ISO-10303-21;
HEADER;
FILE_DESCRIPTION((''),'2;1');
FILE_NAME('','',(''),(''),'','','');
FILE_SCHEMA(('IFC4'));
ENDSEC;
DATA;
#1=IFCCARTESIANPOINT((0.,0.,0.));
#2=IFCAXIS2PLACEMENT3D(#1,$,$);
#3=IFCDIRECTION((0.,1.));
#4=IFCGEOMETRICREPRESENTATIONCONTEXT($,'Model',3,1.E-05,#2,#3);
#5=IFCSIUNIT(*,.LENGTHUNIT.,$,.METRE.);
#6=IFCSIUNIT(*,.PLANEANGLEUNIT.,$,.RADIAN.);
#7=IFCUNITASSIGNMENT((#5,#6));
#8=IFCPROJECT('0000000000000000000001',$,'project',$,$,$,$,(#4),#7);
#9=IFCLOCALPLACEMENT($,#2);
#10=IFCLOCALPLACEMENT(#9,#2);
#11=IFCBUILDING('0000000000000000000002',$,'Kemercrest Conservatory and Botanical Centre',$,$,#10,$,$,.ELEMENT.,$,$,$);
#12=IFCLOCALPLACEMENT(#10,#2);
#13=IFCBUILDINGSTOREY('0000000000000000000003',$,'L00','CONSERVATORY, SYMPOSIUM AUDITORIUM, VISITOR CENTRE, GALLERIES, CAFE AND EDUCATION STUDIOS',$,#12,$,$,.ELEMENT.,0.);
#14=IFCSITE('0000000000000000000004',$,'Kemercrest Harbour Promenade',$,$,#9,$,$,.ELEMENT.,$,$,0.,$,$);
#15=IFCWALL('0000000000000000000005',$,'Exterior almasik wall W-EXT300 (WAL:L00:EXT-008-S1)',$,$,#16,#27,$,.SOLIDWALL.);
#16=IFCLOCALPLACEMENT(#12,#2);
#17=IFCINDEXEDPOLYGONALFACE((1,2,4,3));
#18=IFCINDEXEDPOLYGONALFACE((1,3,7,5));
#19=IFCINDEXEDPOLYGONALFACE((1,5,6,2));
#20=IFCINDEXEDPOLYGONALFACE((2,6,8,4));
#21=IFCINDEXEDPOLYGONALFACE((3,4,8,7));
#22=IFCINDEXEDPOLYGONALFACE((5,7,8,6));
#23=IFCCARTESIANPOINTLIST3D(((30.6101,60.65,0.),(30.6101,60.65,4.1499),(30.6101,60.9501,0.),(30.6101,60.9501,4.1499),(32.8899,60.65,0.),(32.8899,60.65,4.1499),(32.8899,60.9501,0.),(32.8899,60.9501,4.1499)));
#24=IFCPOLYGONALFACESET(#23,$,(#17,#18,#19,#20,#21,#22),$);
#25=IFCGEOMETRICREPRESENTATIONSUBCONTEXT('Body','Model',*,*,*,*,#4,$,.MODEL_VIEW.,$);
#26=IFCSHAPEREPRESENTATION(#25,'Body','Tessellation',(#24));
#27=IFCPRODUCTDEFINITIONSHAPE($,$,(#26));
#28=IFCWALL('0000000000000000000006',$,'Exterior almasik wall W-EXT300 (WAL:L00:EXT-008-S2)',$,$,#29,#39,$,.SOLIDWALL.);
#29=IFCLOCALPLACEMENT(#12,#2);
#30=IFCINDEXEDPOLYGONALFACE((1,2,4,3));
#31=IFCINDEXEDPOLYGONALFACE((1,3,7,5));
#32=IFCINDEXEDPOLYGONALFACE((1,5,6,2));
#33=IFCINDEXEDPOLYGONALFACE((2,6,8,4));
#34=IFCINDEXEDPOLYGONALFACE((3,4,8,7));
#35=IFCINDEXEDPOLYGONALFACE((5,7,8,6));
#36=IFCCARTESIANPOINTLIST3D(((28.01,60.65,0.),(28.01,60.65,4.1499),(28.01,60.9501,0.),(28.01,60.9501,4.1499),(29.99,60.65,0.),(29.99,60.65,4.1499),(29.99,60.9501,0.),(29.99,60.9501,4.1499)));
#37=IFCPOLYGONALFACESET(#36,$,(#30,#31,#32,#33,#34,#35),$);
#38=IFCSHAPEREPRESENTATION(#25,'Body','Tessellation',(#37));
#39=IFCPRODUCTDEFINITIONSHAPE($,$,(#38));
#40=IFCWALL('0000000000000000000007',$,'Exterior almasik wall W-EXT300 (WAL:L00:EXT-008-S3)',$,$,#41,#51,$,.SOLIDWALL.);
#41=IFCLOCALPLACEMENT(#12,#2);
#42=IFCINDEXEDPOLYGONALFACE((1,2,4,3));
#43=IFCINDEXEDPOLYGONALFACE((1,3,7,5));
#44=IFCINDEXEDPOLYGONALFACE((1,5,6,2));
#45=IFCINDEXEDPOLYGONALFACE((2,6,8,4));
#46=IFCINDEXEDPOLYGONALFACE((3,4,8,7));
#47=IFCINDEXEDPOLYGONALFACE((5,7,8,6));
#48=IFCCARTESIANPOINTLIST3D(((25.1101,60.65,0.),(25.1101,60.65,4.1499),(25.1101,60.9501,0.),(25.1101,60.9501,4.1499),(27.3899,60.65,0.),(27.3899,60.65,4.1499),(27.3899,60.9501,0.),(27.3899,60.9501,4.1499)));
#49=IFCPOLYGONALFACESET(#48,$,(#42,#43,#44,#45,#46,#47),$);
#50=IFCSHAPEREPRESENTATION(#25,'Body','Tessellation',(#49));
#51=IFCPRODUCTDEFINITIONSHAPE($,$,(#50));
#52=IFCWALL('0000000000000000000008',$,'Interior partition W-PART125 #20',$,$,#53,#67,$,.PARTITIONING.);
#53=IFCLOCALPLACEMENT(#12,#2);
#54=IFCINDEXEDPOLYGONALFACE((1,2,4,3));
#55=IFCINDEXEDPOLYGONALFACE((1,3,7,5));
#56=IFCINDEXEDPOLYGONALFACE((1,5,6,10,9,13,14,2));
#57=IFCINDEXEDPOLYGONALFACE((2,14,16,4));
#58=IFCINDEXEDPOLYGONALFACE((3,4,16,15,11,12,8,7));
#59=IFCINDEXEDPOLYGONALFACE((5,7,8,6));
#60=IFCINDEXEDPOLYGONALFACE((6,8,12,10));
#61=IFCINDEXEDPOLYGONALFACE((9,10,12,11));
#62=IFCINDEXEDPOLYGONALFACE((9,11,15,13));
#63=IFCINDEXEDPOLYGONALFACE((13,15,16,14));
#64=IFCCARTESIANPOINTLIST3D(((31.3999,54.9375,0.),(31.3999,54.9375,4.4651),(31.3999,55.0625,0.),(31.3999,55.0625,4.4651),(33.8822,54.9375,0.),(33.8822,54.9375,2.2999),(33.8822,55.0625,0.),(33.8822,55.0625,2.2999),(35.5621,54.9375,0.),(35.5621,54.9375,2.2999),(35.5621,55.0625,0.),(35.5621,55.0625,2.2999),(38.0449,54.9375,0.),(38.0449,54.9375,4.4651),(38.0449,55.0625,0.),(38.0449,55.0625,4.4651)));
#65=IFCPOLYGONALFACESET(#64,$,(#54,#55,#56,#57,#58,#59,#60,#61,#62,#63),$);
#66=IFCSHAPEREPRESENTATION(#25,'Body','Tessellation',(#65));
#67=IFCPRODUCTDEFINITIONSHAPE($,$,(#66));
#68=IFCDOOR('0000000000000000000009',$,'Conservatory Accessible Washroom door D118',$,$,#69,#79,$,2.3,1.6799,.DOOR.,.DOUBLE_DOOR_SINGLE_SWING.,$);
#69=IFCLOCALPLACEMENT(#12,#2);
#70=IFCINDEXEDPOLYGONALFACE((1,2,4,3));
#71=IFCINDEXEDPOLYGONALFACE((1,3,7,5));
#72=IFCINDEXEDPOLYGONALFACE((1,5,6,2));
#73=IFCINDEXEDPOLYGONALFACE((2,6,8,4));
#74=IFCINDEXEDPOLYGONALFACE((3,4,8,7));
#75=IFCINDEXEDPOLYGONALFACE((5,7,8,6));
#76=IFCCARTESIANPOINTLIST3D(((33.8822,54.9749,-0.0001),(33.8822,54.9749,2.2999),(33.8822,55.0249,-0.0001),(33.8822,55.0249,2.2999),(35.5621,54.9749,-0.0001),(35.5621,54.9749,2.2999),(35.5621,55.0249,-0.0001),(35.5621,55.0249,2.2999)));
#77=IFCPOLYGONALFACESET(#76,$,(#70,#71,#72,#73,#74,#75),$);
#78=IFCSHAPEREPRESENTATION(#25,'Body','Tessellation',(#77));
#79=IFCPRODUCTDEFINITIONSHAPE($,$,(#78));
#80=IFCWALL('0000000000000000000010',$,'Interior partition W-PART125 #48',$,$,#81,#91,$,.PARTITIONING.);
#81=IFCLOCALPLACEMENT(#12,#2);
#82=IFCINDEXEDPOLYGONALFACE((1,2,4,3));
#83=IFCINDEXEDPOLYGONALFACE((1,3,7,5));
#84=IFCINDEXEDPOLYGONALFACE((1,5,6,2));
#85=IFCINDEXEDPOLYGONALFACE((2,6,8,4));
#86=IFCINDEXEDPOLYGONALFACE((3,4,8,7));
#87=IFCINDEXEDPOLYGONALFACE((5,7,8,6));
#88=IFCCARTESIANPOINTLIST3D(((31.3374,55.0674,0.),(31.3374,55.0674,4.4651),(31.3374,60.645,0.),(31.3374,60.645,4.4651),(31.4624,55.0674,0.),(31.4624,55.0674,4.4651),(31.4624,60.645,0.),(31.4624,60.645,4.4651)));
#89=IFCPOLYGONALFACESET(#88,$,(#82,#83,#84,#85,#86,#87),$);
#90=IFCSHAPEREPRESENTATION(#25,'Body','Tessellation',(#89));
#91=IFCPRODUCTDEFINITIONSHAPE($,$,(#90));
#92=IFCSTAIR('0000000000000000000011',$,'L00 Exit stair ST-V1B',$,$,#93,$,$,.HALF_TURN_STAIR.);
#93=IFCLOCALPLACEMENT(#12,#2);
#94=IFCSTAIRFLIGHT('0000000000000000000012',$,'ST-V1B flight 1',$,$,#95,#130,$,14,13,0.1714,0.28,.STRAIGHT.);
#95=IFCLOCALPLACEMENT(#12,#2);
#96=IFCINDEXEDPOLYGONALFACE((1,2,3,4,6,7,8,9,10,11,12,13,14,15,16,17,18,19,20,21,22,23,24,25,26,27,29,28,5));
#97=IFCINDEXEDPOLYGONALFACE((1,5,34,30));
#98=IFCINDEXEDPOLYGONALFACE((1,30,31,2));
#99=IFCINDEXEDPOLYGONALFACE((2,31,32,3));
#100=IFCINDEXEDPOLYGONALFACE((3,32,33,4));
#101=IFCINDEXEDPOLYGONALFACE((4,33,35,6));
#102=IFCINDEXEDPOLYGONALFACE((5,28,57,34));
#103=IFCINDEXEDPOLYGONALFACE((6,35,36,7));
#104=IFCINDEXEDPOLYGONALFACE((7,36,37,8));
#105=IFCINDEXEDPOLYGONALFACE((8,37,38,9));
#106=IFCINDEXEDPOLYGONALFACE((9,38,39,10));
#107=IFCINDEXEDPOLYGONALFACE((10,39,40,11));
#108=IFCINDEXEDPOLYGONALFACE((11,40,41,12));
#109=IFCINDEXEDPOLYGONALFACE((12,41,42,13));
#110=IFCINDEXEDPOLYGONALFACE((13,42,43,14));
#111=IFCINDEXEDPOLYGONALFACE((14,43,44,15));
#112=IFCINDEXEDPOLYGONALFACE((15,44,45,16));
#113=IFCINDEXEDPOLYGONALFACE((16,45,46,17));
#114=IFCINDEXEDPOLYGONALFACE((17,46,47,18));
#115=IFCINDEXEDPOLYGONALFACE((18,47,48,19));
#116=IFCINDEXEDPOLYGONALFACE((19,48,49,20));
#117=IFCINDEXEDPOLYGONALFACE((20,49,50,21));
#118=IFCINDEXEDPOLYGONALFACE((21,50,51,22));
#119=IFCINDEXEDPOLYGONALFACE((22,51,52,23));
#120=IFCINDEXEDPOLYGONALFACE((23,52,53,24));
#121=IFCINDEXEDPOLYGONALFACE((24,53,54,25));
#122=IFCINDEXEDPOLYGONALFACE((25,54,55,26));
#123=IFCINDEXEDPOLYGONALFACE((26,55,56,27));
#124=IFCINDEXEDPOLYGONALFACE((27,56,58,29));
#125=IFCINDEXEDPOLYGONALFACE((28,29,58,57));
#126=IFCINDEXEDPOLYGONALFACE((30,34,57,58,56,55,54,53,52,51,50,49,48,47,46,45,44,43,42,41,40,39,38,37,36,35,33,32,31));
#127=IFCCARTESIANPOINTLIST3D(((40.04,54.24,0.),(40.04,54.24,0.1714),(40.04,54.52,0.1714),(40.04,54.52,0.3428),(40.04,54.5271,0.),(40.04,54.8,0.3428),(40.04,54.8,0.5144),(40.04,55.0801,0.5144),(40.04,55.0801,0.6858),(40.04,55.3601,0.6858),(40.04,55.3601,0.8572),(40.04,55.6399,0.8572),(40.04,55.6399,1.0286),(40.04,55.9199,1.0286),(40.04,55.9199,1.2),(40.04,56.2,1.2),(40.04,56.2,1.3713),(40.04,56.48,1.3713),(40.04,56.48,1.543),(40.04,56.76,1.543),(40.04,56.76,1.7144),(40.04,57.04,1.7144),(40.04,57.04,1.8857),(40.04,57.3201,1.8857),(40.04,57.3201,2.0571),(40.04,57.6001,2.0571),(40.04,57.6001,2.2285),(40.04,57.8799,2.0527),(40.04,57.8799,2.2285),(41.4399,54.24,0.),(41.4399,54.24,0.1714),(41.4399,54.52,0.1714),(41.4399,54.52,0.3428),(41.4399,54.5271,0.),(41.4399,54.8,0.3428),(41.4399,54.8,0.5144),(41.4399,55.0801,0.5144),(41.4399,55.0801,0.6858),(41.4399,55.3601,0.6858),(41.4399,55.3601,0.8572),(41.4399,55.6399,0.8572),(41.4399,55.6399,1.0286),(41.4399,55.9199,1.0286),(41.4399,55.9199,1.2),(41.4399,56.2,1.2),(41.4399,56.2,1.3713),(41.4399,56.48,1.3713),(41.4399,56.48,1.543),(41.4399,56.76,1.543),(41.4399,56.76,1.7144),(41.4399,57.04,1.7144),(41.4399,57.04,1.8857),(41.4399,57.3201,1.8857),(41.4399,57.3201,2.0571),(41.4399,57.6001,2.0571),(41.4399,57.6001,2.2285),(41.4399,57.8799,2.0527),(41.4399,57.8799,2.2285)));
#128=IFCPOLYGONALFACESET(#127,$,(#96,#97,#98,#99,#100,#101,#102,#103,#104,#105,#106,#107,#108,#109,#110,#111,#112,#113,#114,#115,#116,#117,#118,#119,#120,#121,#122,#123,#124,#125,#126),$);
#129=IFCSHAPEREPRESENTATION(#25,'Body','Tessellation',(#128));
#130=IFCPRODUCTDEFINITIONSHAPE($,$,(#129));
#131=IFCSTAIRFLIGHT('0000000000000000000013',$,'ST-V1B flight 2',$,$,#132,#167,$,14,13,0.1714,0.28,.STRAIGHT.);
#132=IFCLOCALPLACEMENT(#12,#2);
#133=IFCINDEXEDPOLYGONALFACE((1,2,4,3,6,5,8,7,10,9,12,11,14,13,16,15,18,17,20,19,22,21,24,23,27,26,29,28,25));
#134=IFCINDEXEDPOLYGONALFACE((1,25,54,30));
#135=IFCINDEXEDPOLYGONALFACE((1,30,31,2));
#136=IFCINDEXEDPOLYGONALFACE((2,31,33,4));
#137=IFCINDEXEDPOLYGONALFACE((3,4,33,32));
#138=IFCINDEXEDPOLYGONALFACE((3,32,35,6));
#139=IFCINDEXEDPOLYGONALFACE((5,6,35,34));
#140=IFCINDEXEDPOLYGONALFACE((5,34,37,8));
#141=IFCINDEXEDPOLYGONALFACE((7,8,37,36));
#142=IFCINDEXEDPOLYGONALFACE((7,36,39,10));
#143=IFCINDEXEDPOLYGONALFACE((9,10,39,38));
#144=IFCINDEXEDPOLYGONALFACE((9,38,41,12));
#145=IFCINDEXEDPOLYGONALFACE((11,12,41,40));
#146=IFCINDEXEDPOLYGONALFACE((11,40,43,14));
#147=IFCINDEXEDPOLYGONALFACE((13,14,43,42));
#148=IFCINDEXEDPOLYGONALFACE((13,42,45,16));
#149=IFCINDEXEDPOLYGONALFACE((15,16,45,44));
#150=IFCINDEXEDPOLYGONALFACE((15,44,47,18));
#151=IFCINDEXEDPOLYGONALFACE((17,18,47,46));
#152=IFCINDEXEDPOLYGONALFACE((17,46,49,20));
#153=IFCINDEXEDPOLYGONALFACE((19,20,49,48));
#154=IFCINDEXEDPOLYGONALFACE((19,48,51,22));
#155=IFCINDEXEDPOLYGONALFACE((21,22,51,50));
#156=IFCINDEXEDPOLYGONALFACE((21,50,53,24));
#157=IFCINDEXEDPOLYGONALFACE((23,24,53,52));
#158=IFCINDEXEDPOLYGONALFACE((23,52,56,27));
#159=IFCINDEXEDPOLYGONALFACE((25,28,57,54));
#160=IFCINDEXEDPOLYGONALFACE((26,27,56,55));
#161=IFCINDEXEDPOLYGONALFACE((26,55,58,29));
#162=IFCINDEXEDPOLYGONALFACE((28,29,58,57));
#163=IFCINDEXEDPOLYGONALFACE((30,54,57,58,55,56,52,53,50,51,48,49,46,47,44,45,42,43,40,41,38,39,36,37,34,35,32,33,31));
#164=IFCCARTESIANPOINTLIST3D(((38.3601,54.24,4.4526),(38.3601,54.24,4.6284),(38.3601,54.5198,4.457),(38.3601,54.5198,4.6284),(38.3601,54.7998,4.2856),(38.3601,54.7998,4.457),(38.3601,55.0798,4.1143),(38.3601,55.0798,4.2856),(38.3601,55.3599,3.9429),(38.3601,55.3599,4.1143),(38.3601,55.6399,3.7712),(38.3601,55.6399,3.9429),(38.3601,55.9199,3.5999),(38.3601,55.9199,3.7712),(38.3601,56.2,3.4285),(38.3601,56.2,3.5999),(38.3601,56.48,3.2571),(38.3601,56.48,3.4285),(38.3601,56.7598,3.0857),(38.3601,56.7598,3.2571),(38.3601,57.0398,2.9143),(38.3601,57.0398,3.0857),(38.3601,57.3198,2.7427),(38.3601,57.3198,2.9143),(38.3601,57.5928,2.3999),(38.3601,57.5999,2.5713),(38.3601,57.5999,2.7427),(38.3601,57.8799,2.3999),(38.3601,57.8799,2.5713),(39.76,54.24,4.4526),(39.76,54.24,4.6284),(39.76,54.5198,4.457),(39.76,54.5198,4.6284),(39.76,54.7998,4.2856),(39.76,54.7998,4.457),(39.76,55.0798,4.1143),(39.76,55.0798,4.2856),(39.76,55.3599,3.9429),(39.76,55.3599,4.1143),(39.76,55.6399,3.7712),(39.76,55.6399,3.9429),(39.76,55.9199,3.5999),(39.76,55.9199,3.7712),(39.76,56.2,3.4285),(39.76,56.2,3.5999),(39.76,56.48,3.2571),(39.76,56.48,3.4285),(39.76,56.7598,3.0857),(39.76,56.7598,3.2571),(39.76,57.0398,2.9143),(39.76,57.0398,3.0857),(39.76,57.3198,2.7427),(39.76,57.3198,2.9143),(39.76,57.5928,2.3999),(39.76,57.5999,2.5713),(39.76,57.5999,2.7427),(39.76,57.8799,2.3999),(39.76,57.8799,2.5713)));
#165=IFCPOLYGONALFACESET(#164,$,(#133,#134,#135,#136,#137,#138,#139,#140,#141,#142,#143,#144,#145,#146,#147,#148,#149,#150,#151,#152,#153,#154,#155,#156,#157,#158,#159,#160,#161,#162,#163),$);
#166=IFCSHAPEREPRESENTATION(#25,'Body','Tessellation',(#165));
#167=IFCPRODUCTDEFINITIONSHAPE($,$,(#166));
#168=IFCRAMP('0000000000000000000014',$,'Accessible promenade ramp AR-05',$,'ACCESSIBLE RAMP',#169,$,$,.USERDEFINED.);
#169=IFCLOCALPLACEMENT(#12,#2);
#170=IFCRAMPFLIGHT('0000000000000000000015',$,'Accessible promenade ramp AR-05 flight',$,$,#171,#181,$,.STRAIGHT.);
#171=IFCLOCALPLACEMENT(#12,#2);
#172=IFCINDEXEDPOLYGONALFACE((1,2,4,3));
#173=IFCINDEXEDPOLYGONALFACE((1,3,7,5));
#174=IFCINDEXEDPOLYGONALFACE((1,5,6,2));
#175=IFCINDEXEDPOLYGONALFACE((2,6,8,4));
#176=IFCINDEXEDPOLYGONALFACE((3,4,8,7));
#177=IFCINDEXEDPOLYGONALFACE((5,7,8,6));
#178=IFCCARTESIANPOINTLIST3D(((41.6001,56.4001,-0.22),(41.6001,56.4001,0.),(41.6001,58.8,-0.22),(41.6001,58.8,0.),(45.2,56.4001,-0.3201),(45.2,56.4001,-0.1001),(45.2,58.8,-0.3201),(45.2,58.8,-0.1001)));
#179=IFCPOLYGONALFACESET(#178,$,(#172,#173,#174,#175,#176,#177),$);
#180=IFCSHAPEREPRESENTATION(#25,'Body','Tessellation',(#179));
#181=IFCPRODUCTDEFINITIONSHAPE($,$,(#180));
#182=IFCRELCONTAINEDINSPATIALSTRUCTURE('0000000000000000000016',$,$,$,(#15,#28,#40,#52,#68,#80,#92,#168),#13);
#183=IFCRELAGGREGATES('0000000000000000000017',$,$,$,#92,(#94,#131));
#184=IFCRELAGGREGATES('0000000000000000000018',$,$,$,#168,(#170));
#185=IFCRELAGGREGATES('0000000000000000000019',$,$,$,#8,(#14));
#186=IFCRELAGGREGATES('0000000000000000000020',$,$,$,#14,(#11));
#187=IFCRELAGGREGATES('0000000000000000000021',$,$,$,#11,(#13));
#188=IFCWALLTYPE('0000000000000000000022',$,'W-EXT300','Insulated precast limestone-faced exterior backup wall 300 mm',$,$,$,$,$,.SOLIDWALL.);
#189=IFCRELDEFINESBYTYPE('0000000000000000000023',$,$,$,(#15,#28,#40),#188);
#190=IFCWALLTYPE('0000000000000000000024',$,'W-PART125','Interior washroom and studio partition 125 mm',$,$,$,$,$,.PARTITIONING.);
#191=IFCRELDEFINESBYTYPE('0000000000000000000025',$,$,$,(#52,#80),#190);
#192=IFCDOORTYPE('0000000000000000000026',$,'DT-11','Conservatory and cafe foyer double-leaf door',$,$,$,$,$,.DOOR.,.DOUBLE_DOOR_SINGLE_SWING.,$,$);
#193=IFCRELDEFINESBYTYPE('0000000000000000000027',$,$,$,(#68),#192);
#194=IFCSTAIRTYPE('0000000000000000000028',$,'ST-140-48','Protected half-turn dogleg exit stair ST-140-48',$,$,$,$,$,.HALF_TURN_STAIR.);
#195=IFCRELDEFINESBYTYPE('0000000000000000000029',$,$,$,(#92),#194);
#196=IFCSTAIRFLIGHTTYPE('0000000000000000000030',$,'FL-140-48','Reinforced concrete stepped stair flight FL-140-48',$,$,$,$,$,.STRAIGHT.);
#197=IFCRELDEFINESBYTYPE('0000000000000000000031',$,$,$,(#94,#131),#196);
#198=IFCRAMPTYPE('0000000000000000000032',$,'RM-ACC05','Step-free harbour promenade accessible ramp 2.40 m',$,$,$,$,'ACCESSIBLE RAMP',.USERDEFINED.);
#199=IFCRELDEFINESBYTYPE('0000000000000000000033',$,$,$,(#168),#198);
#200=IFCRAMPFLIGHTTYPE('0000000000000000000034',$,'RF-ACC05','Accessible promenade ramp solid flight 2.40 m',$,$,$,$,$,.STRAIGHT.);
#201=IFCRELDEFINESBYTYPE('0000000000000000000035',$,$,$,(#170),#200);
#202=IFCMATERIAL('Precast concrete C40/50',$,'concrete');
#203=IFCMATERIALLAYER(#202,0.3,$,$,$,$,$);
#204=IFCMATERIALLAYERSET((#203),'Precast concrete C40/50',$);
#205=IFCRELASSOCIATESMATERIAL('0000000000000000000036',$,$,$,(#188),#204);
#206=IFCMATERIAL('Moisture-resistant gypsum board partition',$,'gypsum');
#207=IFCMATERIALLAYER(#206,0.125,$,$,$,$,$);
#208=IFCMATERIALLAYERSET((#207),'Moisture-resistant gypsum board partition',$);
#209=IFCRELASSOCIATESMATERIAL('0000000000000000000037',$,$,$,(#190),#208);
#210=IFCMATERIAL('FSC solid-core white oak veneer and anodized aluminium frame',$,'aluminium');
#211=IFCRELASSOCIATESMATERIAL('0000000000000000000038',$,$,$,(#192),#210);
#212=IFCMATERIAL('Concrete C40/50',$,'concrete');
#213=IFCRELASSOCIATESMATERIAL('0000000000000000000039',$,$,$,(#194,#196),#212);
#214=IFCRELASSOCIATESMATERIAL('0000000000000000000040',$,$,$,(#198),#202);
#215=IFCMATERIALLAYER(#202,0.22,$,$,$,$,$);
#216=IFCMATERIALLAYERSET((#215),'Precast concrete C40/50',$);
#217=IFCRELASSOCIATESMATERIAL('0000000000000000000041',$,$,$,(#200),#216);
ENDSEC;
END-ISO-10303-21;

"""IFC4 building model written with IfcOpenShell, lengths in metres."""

from ifc_helpers import new_model, si_unit, direction, frame, frame_2d, origin, place, context, subcontext, project, spatial, polyline, rectangle, outline, extrude, material, layer, layer_set, type_object, element, fill, aggregate, save


model = new_model("IFC4")

# Units and contexts
model_context = context("Model", 3, precision=1e-05, world=origin(), true_north=direction((0.0, 1.0)))
body_context = subcontext(model_context, "Body", "Model", "MODEL_VIEW")
ifc_project = project(units=[si_unit("LENGTHUNIT", "METRE"), si_unit("PLANEANGLEUNIT", "RADIAN")], contexts=[model_context])

# Site, building, storey
site_placement = place(None, origin())
site = spatial("IfcSite", under=ifc_project, at=site_placement, Name="Kemercrest Harbour Promenade", CompositionType="ELEMENT", RefElevation=0.0)
building_placement = place(site_placement, origin())
building = spatial("IfcBuilding", under=site, at=building_placement, Name="Kemercrest Conservatory and Botanical Centre", CompositionType="ELEMENT")
storey_placement = place(building_placement, origin())
storey = spatial("IfcBuildingStorey", under=building, at=storey_placement, Name="L00", Description="CONSERVATORY, SYMPOSIUM AUDITORIUM, VISITOR CENTRE, GALLERIES, CAFE AND EDUCATION STUDIOS", CompositionType="ELEMENT", Elevation=0.0)

# Shared definitions
ifc_material_1 = material(Name="Concrete C40/50", Category="concrete")

# Walls
ifc_material_2 = material(Name="Precast concrete C40/50", Category="concrete")
ifc_layer_1 = layer(ifc_material_2, 0.3)
ifc_layer_set_1 = layer_set([ifc_layer_1], Name="Precast concrete C40/50")
wall_type_1 = type_object("IfcWallType", Name="W-EXT300", Description="Insulated precast limestone-faced exterior backup wall 300 mm", PredefinedType="SOLIDWALL", material=ifc_layer_set_1)
wall_1_placement = place(storey_placement, frame((32.8899, 60.8, 0.0), z_axis=(0.0, 0.0, 1.0), x_axis=(-1.0, 0.0, 0.0)))
element("IfcWall", 1, at=wall_1_placement, inside=storey, type_object=wall_type_1, Name="Exterior almasik wall W-EXT300 (WAL:L00:EXT-008-S1)", PredefinedType="SOLIDWALL", context=body_context, shape_type="SweptSolid", body=[
    extrude(rectangle(XDim=2.2798, YDim=0.3, at=frame_2d((1.1399, 0.0))), origin(), (0.0, 0.0, 1.0), 4.1499),
])
wall_2_placement = place(storey_placement, frame((29.99, 60.8, 0.0), z_axis=(0.0, 0.0, 1.0), x_axis=(-1.0, 0.0, 0.0)))
element("IfcWall", 2, at=wall_2_placement, inside=storey, type_object=wall_type_1, Name="Exterior almasik wall W-EXT300 (WAL:L00:EXT-008-S2)", PredefinedType="SOLIDWALL", context=body_context, shape_type="SweptSolid", body=[
    extrude(rectangle(XDim=1.98, YDim=0.3, at=frame_2d((0.99, 0.0))), origin(), (0.0, 0.0, 1.0), 4.1499),
])
wall_3_placement = place(storey_placement, frame((27.3899, 60.8, 0.0), z_axis=(0.0, 0.0, 1.0), x_axis=(-1.0, 0.0, 0.0)))
element("IfcWall", 3, at=wall_3_placement, inside=storey, type_object=wall_type_1, Name="Exterior almasik wall W-EXT300 (WAL:L00:EXT-008-S3)", PredefinedType="SOLIDWALL", context=body_context, shape_type="SweptSolid", body=[
    extrude(rectangle(XDim=2.2798, YDim=0.3, at=frame_2d((1.1399, 0.0))), origin(), (0.0, 0.0, 1.0), 4.1499),
])

# Wall, opening, door
ifc_material_3 = material(Name="Moisture-resistant gypsum board partition", Category="gypsum")
ifc_layer_2 = layer(ifc_material_3, 0.125)
ifc_layer_set_2 = layer_set([ifc_layer_2], Name="Moisture-resistant gypsum board partition")
wall_type_2 = type_object("IfcWallType", Name="W-PART125", Description="Interior washroom and studio partition 125 mm", PredefinedType="PARTITIONING", material=ifc_layer_set_2)
wall_4_placement = place(storey_placement, frame((31.3999, 55.0, 0.0), z_axis=(0.0, 0.0, 1.0), x_axis=(1.0, 0.0, 0.0)))
wall_4 = element("IfcWall", 4, at=wall_4_placement, inside=storey, type_object=wall_type_2, Name="Interior partition W-PART125 #20", PredefinedType="PARTITIONING", context=body_context, shape_type="SweptSolid", body=[
    extrude(rectangle(XDim=6.645, YDim=0.125, at=frame_2d((3.3225, 0.0))), origin(), (0.0, 0.0, 1.0), 4.4651),
])
opening_placement = place(wall_4_placement, frame((2.4824, 0.0, 0.0)))
opening = element("IfcOpeningElement", 5, at=opening_placement, cuts=wall_4, PredefinedType="OPENING", context=body_context, shape_type="SweptSolid", body=[
    extrude(rectangle(XDim=1.6799, YDim=2.3, at=frame_2d((0.8398, 1.1499))), frame((0.0, 0.0725, 0.0), z_axis=(0.0, -1.0, 0.0), x_axis=(1.0, 0.0, 0.0)), (0.0, 0.0, 1.0), 0.145),
])
ifc_material_4 = material(Name="FSC solid-core white oak veneer and anodized aluminium frame", Category="aluminium")
door_type = type_object("IfcDoorType", Name="DT-11", Description="Conservatory and cafe foyer double-leaf door", OperationType="DOUBLE_DOOR_SINGLE_SWING", PredefinedType="DOOR", material=ifc_material_4)
door_placement = place(opening_placement, origin())
door = element("IfcDoor", 6, at=door_placement, inside=storey, type_object=door_type, Name="Conservatory Accessible Washroom door D118", OperationType="DOUBLE_DOOR_SINGLE_SWING", OverallHeight=2.3, OverallWidth=1.6799, PredefinedType="DOOR", context=body_context, shape_type="SweptSolid", body=[
    extrude(rectangle(XDim=1.6799, YDim=2.3, at=frame_2d((0.8398, 1.1499))), frame((0.0, 0.0249, 0.0), z_axis=(0.0, -1.0, 0.0), x_axis=(1.0, 0.0, 0.0)), (0.0, 0.0, 1.0), 0.05),
])
fill(opening, door)

# Wall
wall_5_placement = place(storey_placement, frame((31.3999, 55.0674, 0.0), z_axis=(0.0, 0.0, 1.0), x_axis=(0.0, 1.0, 0.0)))
element("IfcWall", 7, at=wall_5_placement, inside=storey, type_object=wall_type_2, Name="Interior partition W-PART125 #48", PredefinedType="PARTITIONING", context=body_context, shape_type="SweptSolid", body=[
    extrude(rectangle(XDim=5.5776, YDim=0.125, at=frame_2d((2.7888, 0.0))), origin(), (0.0, 0.0, 1.0), 4.4651),
])

# Stair, stair flights
stair_type = type_object("IfcStairType", Name="ST-140-48", Description="Protected half-turn dogleg exit stair ST-140-48", PredefinedType="HALF_TURN_STAIR", material=ifc_material_1)
stair_placement = place(storey_placement, origin())
stair = element("IfcStair", 8, at=stair_placement, inside=storey, type_object=stair_type, Name="L00 Exit stair ST-V1B", PredefinedType="HALF_TURN_STAIR")
stair_flight_type = type_object("IfcStairFlightType", Name="FL-140-48", Description="Reinforced concrete stepped stair flight FL-140-48", PredefinedType="STRAIGHT", material=ifc_material_1)
stair_flight_1_placement = place(storey_placement, frame((40.74, 54.24, 0.0), z_axis=(0.0, 0.0, 1.0), x_axis=(0.0, 1.0, 0.0)))
stair_flight_1 = element("IfcStairFlight", 9, at=stair_flight_1_placement, type_object=stair_flight_type, Name="ST-V1B flight 1", NumberOfRisers=14, NumberOfTreads=13, PredefinedType="STRAIGHT", RiserHeight=0.1714, TreadLength=0.28, context=body_context, shape_type="SweptSolid", body=[
    extrude(outline(polyline([(0.0, 0.0), (0.0, 0.1714), (0.28, 0.1714), (0.28, 0.3428), (0.5601, 0.3428), (0.5601, 0.5144), (0.8401, 0.5144), (0.8401, 0.6858), (1.1201, 0.6858), (1.1201, 0.8572), (1.3999, 0.8572), (1.3999, 1.0286), (1.6799, 1.0286), (1.6799, 1.2), (1.96, 1.2), (1.96, 1.3713), (2.24, 1.3713), (2.24, 1.543), (2.52, 1.543), (2.52, 1.7144), (2.8, 1.7144), (2.8, 1.8857), (3.0801, 1.8857), (3.0801, 2.0571), (3.3601, 2.0571), (3.3601, 2.2285), (3.6399, 2.2285), (3.6399, 2.3999), (3.6399, 2.0527), (0.2871, 0.0), (0.0, 0.0)])), frame((0.0, 0.7, 0.0), z_axis=(0.0, -1.0, 0.0), x_axis=(1.0, 0.0, 0.0)), (0.0, 0.0, 1.0), 1.3999),
])
stair_flight_2_placement = place(storey_placement, frame((39.0601, 57.8799, 2.3999), z_axis=(0.0, 0.0, 1.0), x_axis=(0.0, -1.0, 0.0)))
stair_flight_2 = element("IfcStairFlight", 10, at=stair_flight_2_placement, type_object=stair_flight_type, Name="ST-V1B flight 2", NumberOfRisers=14, NumberOfTreads=13, PredefinedType="STRAIGHT", RiserHeight=0.1714, TreadLength=0.28, context=body_context, shape_type="SweptSolid", body=[
    extrude(outline(polyline([(0.0, 0.0), (0.0, 0.1714), (0.28, 0.1714), (0.28, 0.3428), (0.5601, 0.3428), (0.5601, 0.5144), (0.8401, 0.5144), (0.8401, 0.6858), (1.1201, 0.6858), (1.1201, 0.8572), (1.3999, 0.8572), (1.3999, 1.0286), (1.6799, 1.0286), (1.6799, 1.2), (1.96, 1.2), (1.96, 1.3713), (2.24, 1.3713), (2.24, 1.543), (2.52, 1.543), (2.52, 1.7144), (2.8, 1.7144), (2.8, 1.8857), (3.0801, 1.8857), (3.0801, 2.0571), (3.3601, 2.0571), (3.3601, 2.2285), (3.6399, 2.2285), (3.6399, 2.3999), (3.6399, 2.0527), (0.2871, 0.0), (0.0, 0.0)])), frame((0.0, 0.7, 0.0), z_axis=(0.0, -1.0, 0.0), x_axis=(1.0, 0.0, 0.0)), (0.0, 0.0, 1.0), 1.3999),
])
aggregate(stair, [stair_flight_1, stair_flight_2])

# Ramp, ramp flight
ramp_type = type_object("IfcRampType", Name="RM-ACC05", Description="Step-free harbour promenade accessible ramp 2.40 m", ElementType="ACCESSIBLE RAMP", PredefinedType="USERDEFINED", material=ifc_material_2)
ramp_placement = place(storey_placement, origin())
ramp = element("IfcRamp", 11, at=ramp_placement, inside=storey, type_object=ramp_type, Name="Accessible promenade ramp AR-05", ObjectType="ACCESSIBLE RAMP", PredefinedType="USERDEFINED")
ifc_layer_3 = layer(ifc_material_2, 0.22)
ifc_layer_set_3 = layer_set([ifc_layer_3], Name="Precast concrete C40/50")
ramp_flight_type = type_object("IfcRampFlightType", Name="RF-ACC05", Description="Accessible promenade ramp solid flight 2.40 m", PredefinedType="STRAIGHT", material=ifc_layer_set_3)
ramp_flight_placement = place(storey_placement, frame((45.2, 57.6001, -0.1001), z_axis=(0.0, 0.0, 1.0), x_axis=(-1.0, 0.0, 0.0)))
ramp_flight = element("IfcRampFlight", 12, at=ramp_flight_placement, type_object=ramp_flight_type, Name="Accessible promenade ramp AR-05 flight", PredefinedType="STRAIGHT", context=body_context, shape_type="SweptSolid", body=[
    extrude(outline(polyline([(0.0, 0.0), (3.5999, 0.1001), (3.5999, -0.1199), (0.0, -0.22), (0.0, 0.0)])), frame((0.0, 1.2, 0.0), z_axis=(0.0, -1.0, 0.0), x_axis=(1.0, 0.0, 0.0)), (0.0, 0.0, 1.0), 2.3999),
])
aggregate(ramp, [ramp_flight])

save(model, "model.ifc")
